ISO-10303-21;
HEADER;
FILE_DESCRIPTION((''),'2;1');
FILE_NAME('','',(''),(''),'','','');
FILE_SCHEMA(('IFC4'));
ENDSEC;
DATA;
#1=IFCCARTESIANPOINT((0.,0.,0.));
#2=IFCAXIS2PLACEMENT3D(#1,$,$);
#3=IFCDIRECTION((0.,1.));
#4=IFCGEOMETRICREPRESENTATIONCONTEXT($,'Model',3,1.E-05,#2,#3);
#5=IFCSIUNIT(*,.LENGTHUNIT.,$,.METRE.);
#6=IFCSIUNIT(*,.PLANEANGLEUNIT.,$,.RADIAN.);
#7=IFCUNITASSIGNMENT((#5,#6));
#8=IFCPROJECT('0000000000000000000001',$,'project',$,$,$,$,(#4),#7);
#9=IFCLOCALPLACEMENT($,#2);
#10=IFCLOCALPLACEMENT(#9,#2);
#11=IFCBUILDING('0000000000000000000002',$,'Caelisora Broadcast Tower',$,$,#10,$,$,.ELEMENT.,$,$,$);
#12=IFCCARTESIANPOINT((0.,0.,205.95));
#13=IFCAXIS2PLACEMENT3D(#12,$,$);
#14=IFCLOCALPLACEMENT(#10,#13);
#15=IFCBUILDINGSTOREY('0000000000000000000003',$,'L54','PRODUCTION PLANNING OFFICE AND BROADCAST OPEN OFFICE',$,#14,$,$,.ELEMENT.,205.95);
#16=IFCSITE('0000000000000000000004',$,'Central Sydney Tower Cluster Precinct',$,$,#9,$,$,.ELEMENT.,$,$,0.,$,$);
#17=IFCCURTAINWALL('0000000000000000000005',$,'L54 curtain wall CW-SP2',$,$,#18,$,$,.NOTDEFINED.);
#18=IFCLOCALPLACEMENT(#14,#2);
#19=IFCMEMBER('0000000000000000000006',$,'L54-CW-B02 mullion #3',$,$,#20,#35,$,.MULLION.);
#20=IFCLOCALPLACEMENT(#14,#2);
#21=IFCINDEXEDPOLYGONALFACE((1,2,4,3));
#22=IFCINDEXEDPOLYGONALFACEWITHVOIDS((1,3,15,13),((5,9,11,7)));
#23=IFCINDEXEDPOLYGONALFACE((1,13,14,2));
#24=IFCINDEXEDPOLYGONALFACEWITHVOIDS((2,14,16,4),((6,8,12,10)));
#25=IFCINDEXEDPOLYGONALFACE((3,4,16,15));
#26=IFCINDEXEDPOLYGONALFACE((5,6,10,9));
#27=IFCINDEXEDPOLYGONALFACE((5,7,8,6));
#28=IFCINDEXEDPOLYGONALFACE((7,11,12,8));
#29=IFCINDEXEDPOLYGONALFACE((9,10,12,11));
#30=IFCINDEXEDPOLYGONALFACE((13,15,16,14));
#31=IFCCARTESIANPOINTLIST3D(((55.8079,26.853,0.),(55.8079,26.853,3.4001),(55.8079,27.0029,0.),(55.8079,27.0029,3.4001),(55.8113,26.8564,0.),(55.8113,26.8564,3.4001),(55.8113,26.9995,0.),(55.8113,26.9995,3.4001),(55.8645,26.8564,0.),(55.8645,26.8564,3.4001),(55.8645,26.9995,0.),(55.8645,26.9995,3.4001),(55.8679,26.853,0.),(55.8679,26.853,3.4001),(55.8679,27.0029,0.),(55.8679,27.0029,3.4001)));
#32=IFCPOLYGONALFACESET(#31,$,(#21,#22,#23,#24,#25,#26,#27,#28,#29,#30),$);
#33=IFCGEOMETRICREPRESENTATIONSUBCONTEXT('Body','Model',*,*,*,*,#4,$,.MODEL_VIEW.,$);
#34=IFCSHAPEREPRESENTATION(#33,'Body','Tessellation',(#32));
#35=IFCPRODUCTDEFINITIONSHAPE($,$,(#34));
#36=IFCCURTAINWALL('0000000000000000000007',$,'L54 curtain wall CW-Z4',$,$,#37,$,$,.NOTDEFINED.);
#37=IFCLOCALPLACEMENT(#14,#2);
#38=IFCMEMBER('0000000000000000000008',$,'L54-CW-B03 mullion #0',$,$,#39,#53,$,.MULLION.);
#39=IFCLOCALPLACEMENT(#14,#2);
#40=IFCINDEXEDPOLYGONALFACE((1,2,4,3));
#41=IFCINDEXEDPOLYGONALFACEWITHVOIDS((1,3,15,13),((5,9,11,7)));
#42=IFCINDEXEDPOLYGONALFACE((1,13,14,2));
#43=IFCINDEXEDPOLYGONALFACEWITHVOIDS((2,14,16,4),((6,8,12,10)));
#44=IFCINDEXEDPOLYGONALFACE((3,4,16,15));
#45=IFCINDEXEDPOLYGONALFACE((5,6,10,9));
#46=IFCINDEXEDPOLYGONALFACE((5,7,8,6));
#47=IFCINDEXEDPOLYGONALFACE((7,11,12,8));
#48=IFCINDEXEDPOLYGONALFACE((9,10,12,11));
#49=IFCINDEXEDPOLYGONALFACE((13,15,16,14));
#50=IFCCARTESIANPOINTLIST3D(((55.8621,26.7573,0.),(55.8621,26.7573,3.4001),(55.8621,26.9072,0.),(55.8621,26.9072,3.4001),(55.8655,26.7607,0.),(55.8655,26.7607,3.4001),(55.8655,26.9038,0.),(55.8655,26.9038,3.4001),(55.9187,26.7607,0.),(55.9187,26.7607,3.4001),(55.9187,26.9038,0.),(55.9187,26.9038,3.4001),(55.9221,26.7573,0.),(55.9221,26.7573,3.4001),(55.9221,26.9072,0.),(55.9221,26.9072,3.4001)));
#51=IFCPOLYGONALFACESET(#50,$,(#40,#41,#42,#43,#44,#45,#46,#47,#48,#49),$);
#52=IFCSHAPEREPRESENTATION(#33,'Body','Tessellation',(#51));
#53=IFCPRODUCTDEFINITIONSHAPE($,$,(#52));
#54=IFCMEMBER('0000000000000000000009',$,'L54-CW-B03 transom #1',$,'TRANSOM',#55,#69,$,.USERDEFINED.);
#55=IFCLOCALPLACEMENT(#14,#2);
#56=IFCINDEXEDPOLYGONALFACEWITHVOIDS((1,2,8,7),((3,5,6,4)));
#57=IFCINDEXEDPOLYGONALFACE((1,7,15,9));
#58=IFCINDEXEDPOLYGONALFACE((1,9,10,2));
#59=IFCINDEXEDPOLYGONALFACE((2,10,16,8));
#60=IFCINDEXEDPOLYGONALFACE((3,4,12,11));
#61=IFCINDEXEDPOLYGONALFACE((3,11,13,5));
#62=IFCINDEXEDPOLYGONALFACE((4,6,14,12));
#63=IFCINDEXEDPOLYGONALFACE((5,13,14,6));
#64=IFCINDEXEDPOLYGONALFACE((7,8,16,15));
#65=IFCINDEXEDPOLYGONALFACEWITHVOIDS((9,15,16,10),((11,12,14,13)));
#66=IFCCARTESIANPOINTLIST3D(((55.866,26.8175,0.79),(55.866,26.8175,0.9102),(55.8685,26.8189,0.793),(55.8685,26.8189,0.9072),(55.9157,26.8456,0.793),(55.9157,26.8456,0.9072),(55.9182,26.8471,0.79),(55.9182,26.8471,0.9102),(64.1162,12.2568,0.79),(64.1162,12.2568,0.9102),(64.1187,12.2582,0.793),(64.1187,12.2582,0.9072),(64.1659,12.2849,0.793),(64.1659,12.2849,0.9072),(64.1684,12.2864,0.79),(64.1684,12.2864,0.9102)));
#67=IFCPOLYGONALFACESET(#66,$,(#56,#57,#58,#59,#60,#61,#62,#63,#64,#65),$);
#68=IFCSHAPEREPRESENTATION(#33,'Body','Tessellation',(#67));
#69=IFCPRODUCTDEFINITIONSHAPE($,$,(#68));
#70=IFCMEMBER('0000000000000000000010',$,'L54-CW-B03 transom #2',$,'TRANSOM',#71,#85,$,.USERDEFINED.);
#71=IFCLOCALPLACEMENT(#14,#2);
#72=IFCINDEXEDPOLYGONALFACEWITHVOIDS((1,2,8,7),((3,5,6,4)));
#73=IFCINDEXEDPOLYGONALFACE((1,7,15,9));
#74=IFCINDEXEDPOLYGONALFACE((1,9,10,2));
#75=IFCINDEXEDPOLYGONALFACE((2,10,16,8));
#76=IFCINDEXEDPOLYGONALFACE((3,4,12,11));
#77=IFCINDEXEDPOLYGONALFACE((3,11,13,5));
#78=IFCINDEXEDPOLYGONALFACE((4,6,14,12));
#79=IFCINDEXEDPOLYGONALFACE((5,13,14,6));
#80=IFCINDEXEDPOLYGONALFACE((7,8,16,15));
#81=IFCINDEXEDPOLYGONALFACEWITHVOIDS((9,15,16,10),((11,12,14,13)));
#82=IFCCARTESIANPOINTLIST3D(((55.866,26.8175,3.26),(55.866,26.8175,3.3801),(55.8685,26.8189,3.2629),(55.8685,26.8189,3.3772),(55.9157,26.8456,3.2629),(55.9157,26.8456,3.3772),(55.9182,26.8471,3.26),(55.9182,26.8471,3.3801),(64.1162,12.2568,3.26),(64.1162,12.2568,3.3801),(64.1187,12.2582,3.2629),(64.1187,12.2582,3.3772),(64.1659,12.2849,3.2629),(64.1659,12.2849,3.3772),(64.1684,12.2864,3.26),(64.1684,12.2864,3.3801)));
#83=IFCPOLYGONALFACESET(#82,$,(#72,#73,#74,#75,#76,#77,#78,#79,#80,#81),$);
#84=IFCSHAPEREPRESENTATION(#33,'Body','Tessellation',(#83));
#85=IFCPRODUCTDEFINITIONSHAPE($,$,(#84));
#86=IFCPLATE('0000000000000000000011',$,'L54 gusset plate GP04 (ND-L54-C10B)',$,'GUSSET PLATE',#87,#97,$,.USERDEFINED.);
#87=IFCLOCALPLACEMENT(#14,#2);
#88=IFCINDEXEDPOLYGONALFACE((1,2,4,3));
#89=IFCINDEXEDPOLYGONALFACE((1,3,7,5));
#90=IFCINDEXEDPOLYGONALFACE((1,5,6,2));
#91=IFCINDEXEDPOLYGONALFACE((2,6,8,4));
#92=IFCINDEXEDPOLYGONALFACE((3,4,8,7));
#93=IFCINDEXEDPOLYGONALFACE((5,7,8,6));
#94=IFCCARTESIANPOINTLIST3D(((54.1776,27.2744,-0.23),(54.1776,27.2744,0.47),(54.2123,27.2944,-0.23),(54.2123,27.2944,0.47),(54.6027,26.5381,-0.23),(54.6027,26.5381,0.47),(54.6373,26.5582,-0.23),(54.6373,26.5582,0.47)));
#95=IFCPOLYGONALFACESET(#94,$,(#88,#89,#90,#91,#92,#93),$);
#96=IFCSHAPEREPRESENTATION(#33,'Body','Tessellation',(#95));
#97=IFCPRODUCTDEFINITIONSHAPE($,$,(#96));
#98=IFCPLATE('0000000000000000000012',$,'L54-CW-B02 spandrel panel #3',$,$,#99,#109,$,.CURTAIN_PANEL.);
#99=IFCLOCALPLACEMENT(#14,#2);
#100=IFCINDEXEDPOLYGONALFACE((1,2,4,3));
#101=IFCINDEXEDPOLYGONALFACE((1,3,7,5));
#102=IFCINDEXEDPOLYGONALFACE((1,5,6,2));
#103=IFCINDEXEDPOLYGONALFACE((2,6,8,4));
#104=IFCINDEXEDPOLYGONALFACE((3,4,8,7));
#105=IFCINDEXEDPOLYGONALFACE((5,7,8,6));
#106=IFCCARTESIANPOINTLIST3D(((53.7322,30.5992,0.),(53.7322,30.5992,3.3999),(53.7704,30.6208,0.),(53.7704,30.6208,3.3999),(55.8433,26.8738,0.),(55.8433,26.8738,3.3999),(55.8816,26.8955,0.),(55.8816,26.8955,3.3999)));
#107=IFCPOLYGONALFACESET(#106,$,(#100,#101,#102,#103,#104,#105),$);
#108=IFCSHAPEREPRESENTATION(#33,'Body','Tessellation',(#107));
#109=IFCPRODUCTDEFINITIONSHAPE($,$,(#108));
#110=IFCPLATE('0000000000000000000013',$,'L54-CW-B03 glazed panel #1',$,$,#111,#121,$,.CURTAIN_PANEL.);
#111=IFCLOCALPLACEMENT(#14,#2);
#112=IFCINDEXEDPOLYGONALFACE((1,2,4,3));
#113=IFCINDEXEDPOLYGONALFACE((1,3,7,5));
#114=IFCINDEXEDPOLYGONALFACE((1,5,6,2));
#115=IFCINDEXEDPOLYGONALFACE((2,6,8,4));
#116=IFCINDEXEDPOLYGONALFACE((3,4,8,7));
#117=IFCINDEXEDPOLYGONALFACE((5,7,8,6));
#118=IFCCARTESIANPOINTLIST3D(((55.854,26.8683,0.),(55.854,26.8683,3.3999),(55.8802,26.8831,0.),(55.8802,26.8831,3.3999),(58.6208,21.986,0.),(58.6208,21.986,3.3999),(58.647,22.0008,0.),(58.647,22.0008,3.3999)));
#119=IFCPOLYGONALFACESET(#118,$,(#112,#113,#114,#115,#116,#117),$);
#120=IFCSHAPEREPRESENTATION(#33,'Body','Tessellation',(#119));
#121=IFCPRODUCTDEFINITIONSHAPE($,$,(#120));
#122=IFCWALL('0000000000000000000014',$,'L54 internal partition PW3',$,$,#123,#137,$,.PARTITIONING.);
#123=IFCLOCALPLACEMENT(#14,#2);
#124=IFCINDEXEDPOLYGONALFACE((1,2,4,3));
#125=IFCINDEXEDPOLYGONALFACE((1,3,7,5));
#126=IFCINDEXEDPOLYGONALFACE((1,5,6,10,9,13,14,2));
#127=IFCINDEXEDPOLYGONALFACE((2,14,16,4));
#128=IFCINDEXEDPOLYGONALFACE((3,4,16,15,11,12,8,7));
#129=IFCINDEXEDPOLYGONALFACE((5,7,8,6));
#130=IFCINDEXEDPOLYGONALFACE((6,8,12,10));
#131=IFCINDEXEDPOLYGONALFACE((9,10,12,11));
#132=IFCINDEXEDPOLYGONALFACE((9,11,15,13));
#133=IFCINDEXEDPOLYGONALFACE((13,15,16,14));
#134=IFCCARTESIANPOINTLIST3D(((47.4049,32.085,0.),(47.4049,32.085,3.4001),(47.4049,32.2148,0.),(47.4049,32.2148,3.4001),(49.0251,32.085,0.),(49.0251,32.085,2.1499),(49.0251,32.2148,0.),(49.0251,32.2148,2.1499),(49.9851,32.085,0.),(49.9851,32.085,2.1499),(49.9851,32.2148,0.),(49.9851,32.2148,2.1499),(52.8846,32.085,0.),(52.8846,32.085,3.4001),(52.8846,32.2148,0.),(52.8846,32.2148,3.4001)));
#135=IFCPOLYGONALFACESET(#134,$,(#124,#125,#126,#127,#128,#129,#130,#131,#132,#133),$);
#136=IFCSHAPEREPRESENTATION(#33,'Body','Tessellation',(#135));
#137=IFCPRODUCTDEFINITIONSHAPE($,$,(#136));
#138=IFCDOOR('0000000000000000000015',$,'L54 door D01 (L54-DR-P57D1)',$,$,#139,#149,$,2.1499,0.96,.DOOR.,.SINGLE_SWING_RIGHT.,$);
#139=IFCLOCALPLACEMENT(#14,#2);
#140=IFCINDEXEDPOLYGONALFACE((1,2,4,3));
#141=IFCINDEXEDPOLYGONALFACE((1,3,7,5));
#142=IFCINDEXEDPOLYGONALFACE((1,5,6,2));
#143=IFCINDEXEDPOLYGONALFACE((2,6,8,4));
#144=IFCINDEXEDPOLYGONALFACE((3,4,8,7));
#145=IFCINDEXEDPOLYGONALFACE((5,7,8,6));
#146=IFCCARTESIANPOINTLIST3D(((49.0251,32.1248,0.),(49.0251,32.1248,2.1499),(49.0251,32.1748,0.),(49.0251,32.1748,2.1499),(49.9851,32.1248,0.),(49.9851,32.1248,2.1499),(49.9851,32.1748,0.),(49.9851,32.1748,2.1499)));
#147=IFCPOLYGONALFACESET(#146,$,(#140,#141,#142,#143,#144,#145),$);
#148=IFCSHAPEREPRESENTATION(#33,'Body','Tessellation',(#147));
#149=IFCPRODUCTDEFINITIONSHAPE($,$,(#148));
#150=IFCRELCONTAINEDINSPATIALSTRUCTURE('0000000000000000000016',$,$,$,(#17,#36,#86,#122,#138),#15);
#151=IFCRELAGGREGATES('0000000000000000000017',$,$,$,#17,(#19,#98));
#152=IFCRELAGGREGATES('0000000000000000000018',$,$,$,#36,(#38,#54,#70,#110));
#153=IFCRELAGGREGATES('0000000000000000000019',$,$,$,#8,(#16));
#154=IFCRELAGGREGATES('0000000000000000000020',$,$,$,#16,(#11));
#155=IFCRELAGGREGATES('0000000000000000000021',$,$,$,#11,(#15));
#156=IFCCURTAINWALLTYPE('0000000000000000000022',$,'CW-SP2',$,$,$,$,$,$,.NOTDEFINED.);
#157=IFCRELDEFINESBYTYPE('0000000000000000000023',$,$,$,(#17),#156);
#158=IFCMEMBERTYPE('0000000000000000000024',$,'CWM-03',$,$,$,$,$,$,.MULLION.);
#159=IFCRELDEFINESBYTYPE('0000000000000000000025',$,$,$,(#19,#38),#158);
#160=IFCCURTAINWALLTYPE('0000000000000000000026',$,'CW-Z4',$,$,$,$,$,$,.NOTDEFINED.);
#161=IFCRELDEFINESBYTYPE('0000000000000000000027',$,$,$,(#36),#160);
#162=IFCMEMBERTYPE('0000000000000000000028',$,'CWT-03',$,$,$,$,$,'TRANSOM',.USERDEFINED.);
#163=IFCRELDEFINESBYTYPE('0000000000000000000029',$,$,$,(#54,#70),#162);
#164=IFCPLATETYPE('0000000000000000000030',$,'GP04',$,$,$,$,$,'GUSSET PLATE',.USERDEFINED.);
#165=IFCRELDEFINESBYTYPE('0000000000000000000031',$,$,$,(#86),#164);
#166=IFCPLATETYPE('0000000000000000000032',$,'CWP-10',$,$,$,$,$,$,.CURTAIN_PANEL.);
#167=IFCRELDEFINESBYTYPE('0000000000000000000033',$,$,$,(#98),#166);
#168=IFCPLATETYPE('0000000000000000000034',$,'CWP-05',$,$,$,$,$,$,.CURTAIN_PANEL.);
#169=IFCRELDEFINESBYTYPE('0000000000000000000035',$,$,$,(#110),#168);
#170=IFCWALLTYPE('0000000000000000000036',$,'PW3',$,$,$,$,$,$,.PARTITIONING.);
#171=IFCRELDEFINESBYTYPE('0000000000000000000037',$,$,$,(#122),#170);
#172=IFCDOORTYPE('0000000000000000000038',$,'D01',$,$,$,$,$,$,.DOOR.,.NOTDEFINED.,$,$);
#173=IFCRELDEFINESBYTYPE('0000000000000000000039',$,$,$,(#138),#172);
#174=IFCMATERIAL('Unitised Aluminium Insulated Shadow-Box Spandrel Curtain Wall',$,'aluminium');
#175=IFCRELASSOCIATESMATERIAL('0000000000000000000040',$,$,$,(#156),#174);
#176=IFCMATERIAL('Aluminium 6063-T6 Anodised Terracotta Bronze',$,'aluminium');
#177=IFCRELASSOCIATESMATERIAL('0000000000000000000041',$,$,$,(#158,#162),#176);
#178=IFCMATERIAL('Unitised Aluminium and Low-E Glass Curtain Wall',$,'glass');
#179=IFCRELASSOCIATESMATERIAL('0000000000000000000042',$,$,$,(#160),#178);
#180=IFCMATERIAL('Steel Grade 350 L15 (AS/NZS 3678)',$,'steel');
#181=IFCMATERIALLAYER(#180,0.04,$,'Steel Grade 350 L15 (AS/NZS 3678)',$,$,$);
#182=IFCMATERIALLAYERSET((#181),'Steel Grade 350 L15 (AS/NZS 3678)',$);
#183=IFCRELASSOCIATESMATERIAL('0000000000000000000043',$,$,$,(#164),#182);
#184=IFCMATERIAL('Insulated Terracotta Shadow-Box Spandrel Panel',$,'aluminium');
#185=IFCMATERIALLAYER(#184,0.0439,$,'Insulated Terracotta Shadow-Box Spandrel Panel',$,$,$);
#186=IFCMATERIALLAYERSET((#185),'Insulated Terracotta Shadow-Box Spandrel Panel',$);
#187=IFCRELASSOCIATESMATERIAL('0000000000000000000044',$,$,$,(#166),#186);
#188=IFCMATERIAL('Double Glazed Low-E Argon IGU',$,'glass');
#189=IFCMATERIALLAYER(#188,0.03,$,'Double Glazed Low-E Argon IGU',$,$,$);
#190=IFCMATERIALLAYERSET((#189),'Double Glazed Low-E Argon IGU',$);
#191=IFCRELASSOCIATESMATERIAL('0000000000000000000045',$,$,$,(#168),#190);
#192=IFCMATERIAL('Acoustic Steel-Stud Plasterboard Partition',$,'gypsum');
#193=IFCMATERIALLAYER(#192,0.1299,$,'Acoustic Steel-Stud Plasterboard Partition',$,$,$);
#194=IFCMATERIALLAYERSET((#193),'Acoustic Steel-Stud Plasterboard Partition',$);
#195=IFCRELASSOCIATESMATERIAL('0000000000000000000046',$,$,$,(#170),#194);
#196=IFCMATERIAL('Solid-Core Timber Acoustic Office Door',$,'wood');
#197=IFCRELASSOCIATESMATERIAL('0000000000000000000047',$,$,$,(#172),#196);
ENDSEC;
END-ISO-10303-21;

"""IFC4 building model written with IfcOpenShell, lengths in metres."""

from ifc_helpers import new_model, si_unit, direction, frame, frame_2d, origin, origin_2d, place, context, subcontext, project, spatial, rectangle, hollow_rectangle, extrude, source, transform, mapped, material, layer, layer_set, material_profile, profile_set, type_object, type_shapes, element, fill, aggregate, save


model = new_model("IFC4")

# Units and contexts
model_context = context("Model", 3, precision=1e-05, world=origin(), true_north=direction((0.0, 1.0)))
body_context = subcontext(model_context, "Body", "Model", "MODEL_VIEW")
ifc_project = project(units=[si_unit("LENGTHUNIT", "METRE"), si_unit("PLANEANGLEUNIT", "RADIAN")], contexts=[model_context])

# Site, building, storey
site_placement = place(None, origin())
site = spatial("IfcSite", under=ifc_project, at=site_placement, Name="Central Sydney Tower Cluster Precinct", CompositionType="ELEMENT", RefElevation=0.0)
building_placement = place(site_placement, origin())
building = spatial("IfcBuilding", under=site, at=building_placement, Name="Caelisora Broadcast Tower", CompositionType="ELEMENT")
storey_placement = place(building_placement, frame((0.0, 0.0, 205.95)))
storey = spatial("IfcBuildingStorey", under=building, at=storey_placement, Name="L54", Description="PRODUCTION PLANNING OFFICE AND BROADCAST OPEN OFFICE", CompositionType="ELEMENT", Elevation=205.95)

# Shared definitions
ifc_material_1 = material(Name="Steel Grade 350 L15 (AS/NZS 3678)", Category="steel")

# Curtain walls, members
ifc_material_2 = material(Name="Unitised Aluminium Insulated Shadow-Box Spandrel Curtain Wall", Category="aluminium")
curtain_wall_type_1 = type_object("IfcCurtainWallType", Name="CW-SP2", PredefinedType="NOTDEFINED", material=ifc_material_2)
curtain_wall_1_placement = place(storey_placement, origin())
curtain_wall_1 = element("IfcCurtainWall", 1, at=curtain_wall_1_placement, inside=storey, type_object=curtain_wall_type_1, Name="L54 curtain wall CW-SP2", PredefinedType="NOTDEFINED")
ifc_material_3 = material(Name="Aluminium 6063-T6 Anodised Terracotta Bronze", Category="aluminium")
ifc_material_profile_1 = material_profile(ifc_material_3, hollow_rectangle(XDim=0.0601, YDim=0.1499, WallThickness=0.0034, at=origin_2d()), Name="Aluminium 6063-T6 Anodised Terracotta Bronze")
ifc_profile_set_1 = profile_set([ifc_material_profile_1], Name="Aluminium 6063-T6 Anodised Terracotta Bronze")
member_type_1 = type_object("IfcMemberType", Name="CWM-03", PredefinedType="MULLION", material=ifc_profile_set_1)
shared_shape_1 = source(origin(), body_context, "Body", "SweptSolid", [
    extrude(hollow_rectangle(XDim=0.0601, YDim=0.1499, WallThickness=0.0034, at=origin_2d()), origin(), (0.0, 0.0, 1.0), 3.4001),
])
type_shapes(member_type_1, [shared_shape_1])
member_1_placement = place(storey_placement, frame((55.8379, 26.928, 0.0), z_axis=(0.0, 0.0, 1.0), x_axis=(1.0, 0.0, 0.0)))
member_1 = element("IfcMember", 2, at=member_1_placement, type_object=member_type_1, Name="L54-CW-B02 mullion #3", PredefinedType="MULLION", context=body_context, shape_type="MappedRepresentation", body=[
    mapped(shared_shape_1, transform((0.0, 0.0, 0.0), scale=1.0)),
])
ifc_material_4 = material(Name="Unitised Aluminium and Low-E Glass Curtain Wall", Category="glass")
curtain_wall_type_2 = type_object("IfcCurtainWallType", Name="CW-Z4", PredefinedType="NOTDEFINED", material=ifc_material_4)
curtain_wall_2_placement = place(storey_placement, origin())
curtain_wall_2 = element("IfcCurtainWall", 3, at=curtain_wall_2_placement, inside=storey, type_object=curtain_wall_type_2, Name="L54 curtain wall CW-Z4", PredefinedType="NOTDEFINED")
member_2_placement = place(storey_placement, frame((55.8921, 26.8323, 0.0), z_axis=(0.0, 0.0, 1.0), x_axis=(1.0, 0.0, 0.0)))
member_2 = element("IfcMember", 4, at=member_2_placement, type_object=member_type_1, Name="L54-CW-B03 mullion #0", PredefinedType="MULLION", context=body_context, shape_type="MappedRepresentation", body=[
    mapped(shared_shape_1, transform((0.0, 0.0, 0.0), scale=1.0)),
])
ifc_material_profile_2 = material_profile(ifc_material_3, hollow_rectangle(XDim=0.0601, YDim=0.1201, WallThickness=0.0029, at=origin_2d()), Name="Aluminium 6063-T6 Anodised Terracotta Bronze")
ifc_profile_set_2 = profile_set([ifc_material_profile_2], Name="Aluminium 6063-T6 Anodised Terracotta Bronze")
member_type_2 = type_object("IfcMemberType", Name="CWT-03", ElementType="TRANSOM", PredefinedType="USERDEFINED", material=ifc_profile_set_2)
shared_shape_2 = source(origin(), body_context, "Body", "SweptSolid", [
    extrude(hollow_rectangle(XDim=0.0601, YDim=0.1201, WallThickness=0.0029, at=origin_2d()), origin(), (0.0, 0.0, 1.0), 16.7356),
])
type_shapes(member_type_2, [shared_shape_2])
member_3_placement = place(storey_placement, frame((55.8921, 26.8323, 0.8501), z_axis=(0.492973, -0.870045, 0.0), x_axis=(0.870045, 0.492973, 0.0)))
member_3 = element("IfcMember", 5, at=member_3_placement, type_object=member_type_2, Name="L54-CW-B03 transom #1", ObjectType="TRANSOM", PredefinedType="USERDEFINED", context=body_context, shape_type="MappedRepresentation", body=[
    mapped(shared_shape_2, transform((0.0, 0.0, 0.0), scale=1.0)),
])
member_4_placement = place(storey_placement, frame((55.8921, 26.8323, 3.3201), z_axis=(0.492973, -0.870045, 0.0), x_axis=(0.870045, 0.492973, 0.0)))
member_4 = element("IfcMember", 6, at=member_4_placement, type_object=member_type_2, Name="L54-CW-B03 transom #2", ObjectType="TRANSOM", PredefinedType="USERDEFINED", context=body_context, shape_type="MappedRepresentation", body=[
    mapped(shared_shape_2, transform((0.0, 0.0, 0.0), scale=1.0)),
])

# Plates
ifc_layer_1 = layer(ifc_material_1, 0.04, Name="Steel Grade 350 L15 (AS/NZS 3678)")
ifc_layer_set_1 = layer_set([ifc_layer_1], Name="Steel Grade 350 L15 (AS/NZS 3678)")
plate_type_1 = type_object("IfcPlateType", Name="GP04", ElementType="GUSSET PLATE", PredefinedType="USERDEFINED", material=ifc_layer_set_1)
shared_shape_3 = source(origin(), body_context, "Body", "SweptSolid", [
    extrude(rectangle(XDim=0.8501, YDim=0.04, at=origin_2d()), origin(), (0.0, 0.0, 1.0), 0.7),
])
type_shapes(plate_type_1, [shared_shape_3])
plate_1_placement = place(storey_placement, frame((54.4075, 26.9163, -0.23), z_axis=(0.0, 0.0, 1.0), x_axis=(-0.5, 0.866025, 0.0)))
element("IfcPlate", 7, at=plate_1_placement, inside=storey, type_object=plate_type_1, Name="L54 gusset plate GP04 (ND-L54-C10B)", ObjectType="GUSSET PLATE", PredefinedType="USERDEFINED", context=body_context, shape_type="MappedRepresentation", body=[
    mapped(shared_shape_3, transform((0.0, 0.0, 0.0), scale=1.0)),
])
ifc_material_5 = material(Name="Insulated Terracotta Shadow-Box Spandrel Panel", Category="aluminium")
ifc_layer_2 = layer(ifc_material_5, 0.0439, Name="Insulated Terracotta Shadow-Box Spandrel Panel")
ifc_layer_set_2 = layer_set([ifc_layer_2], Name="Insulated Terracotta Shadow-Box Spandrel Panel")
plate_type_2 = type_object("IfcPlateType", Name="CWP-10", PredefinedType="CURTAIN_PANEL", material=ifc_layer_set_2)
shared_shape_4 = source(origin(), body_context, "Body", "SweptSolid", [
    extrude(rectangle(XDim=4.282, YDim=0.0439, at=origin_2d()), origin(), (0.0, 0.0, 1.0), 3.3999),
])
type_shapes(plate_type_2, [shared_shape_4])
plate_2_placement = place(storey_placement, frame((54.8069, 28.7473, 0.0), z_axis=(0.0, 0.0, 1.0), x_axis=(0.493031, -0.870012, 0.0)))
plate_2 = element("IfcPlate", 8, at=plate_2_placement, type_object=plate_type_2, Name="L54-CW-B02 spandrel panel #3", PredefinedType="CURTAIN_PANEL", context=body_context, shape_type="MappedRepresentation", body=[
    mapped(shared_shape_4, transform((0.0, 0.0, 0.0), scale=1.0)),
])
aggregate(curtain_wall_1, [member_1, plate_2])
ifc_material_6 = material(Name="Double Glazed Low-E Argon IGU", Category="glass")
ifc_layer_3 = layer(ifc_material_6, 0.03, Name="Double Glazed Low-E Argon IGU")
ifc_layer_set_3 = layer_set([ifc_layer_3], Name="Double Glazed Low-E Argon IGU")
plate_type_3 = type_object("IfcPlateType", Name="CWP-05", PredefinedType="CURTAIN_PANEL", material=ifc_layer_set_3)
shared_shape_5 = source(origin(), body_context, "Body", "SweptSolid", [
    extrude(rectangle(XDim=5.6118, YDim=0.03, at=origin_2d()), origin(), (0.0, 0.0, 1.0), 3.3999),
])
type_shapes(plate_type_3, [shared_shape_5])
plate_3_placement = place(storey_placement, frame((57.2505, 24.4346, 0.0), z_axis=(0.0, 0.0, 1.0), x_axis=(0.493031, -0.870012, 0.0)))
plate_3 = element("IfcPlate", 9, at=plate_3_placement, type_object=plate_type_3, Name="L54-CW-B03 glazed panel #1", PredefinedType="CURTAIN_PANEL", context=body_context, shape_type="MappedRepresentation", body=[
    mapped(shared_shape_5, transform((0.0, 0.0, 0.0), scale=1.0)),
])
aggregate(curtain_wall_2, [member_2, member_3, member_4, plate_3])

# Wall, opening, door
ifc_material_7 = material(Name="Acoustic Steel-Stud Plasterboard Partition", Category="gypsum")
ifc_layer_4 = layer(ifc_material_7, 0.1299, Name="Acoustic Steel-Stud Plasterboard Partition")
ifc_layer_set_4 = layer_set([ifc_layer_4], Name="Acoustic Steel-Stud Plasterboard Partition")
wall_type_1 = type_object("IfcWallType", Name="PW3", PredefinedType="PARTITIONING", material=ifc_layer_set_4)
wall_1_placement = place(storey_placement, frame((47.405, 32.1499, 0.0), z_axis=(0.0, 0.0, 1.0), x_axis=(1.0, 0.0, 0.0)))
wall_1 = element("IfcWall", 10, at=wall_1_placement, inside=storey, type_object=wall_type_1, Name="L54 internal partition PW3", PredefinedType="PARTITIONING", context=body_context, shape_type="SweptSolid", body=[
    extrude(rectangle(XDim=5.4797, YDim=0.1299, at=frame_2d((2.7397, 0.0))), origin(), (0.0, 0.0, 1.0), 3.4001),
])
opening_1_placement = place(wall_1_placement, frame((1.6201, 0.0, 0.0)))
opening_1 = element("IfcOpeningElement", 11, at=opening_1_placement, cuts=wall_1, PredefinedType="OPENING", context=body_context, shape_type="SweptSolid", body=[
    extrude(rectangle(XDim=0.96, YDim=2.1499, at=frame_2d((0.48, 1.075))), frame((0.0, 0.0769, 0.0), z_axis=(0.0, -1.0, 0.0), x_axis=(1.0, 0.0, 0.0)), (0.0, 0.0, 1.0), 0.1538),
])
ifc_material_8 = material(Name="Solid-Core Timber Acoustic Office Door", Category="wood")
door_type = type_object("IfcDoorType", Name="D01", OperationType="NOTDEFINED", PredefinedType="DOOR", material=ifc_material_8)
door_1_placement = place(opening_1_placement, origin())
door_1 = element("IfcDoor", 12, at=door_1_placement, inside=storey, type_object=door_type, Name="L54 door D01 (L54-DR-P57D1)", OperationType="SINGLE_SWING_RIGHT", OverallHeight=2.1499, OverallWidth=0.96, PredefinedType="DOOR", context=body_context, shape_type="SweptSolid", body=[
    extrude(rectangle(XDim=0.96, YDim=2.1499, at=frame_2d((0.48, 1.075))), frame((0.0, 0.0249, 0.0), z_axis=(0.0, -1.0, 0.0), x_axis=(1.0, 0.0, 0.0)), (0.0, 0.0, 1.0), 0.05),
])
fill(opening_1, door_1)

save(model, "model.ifc")
